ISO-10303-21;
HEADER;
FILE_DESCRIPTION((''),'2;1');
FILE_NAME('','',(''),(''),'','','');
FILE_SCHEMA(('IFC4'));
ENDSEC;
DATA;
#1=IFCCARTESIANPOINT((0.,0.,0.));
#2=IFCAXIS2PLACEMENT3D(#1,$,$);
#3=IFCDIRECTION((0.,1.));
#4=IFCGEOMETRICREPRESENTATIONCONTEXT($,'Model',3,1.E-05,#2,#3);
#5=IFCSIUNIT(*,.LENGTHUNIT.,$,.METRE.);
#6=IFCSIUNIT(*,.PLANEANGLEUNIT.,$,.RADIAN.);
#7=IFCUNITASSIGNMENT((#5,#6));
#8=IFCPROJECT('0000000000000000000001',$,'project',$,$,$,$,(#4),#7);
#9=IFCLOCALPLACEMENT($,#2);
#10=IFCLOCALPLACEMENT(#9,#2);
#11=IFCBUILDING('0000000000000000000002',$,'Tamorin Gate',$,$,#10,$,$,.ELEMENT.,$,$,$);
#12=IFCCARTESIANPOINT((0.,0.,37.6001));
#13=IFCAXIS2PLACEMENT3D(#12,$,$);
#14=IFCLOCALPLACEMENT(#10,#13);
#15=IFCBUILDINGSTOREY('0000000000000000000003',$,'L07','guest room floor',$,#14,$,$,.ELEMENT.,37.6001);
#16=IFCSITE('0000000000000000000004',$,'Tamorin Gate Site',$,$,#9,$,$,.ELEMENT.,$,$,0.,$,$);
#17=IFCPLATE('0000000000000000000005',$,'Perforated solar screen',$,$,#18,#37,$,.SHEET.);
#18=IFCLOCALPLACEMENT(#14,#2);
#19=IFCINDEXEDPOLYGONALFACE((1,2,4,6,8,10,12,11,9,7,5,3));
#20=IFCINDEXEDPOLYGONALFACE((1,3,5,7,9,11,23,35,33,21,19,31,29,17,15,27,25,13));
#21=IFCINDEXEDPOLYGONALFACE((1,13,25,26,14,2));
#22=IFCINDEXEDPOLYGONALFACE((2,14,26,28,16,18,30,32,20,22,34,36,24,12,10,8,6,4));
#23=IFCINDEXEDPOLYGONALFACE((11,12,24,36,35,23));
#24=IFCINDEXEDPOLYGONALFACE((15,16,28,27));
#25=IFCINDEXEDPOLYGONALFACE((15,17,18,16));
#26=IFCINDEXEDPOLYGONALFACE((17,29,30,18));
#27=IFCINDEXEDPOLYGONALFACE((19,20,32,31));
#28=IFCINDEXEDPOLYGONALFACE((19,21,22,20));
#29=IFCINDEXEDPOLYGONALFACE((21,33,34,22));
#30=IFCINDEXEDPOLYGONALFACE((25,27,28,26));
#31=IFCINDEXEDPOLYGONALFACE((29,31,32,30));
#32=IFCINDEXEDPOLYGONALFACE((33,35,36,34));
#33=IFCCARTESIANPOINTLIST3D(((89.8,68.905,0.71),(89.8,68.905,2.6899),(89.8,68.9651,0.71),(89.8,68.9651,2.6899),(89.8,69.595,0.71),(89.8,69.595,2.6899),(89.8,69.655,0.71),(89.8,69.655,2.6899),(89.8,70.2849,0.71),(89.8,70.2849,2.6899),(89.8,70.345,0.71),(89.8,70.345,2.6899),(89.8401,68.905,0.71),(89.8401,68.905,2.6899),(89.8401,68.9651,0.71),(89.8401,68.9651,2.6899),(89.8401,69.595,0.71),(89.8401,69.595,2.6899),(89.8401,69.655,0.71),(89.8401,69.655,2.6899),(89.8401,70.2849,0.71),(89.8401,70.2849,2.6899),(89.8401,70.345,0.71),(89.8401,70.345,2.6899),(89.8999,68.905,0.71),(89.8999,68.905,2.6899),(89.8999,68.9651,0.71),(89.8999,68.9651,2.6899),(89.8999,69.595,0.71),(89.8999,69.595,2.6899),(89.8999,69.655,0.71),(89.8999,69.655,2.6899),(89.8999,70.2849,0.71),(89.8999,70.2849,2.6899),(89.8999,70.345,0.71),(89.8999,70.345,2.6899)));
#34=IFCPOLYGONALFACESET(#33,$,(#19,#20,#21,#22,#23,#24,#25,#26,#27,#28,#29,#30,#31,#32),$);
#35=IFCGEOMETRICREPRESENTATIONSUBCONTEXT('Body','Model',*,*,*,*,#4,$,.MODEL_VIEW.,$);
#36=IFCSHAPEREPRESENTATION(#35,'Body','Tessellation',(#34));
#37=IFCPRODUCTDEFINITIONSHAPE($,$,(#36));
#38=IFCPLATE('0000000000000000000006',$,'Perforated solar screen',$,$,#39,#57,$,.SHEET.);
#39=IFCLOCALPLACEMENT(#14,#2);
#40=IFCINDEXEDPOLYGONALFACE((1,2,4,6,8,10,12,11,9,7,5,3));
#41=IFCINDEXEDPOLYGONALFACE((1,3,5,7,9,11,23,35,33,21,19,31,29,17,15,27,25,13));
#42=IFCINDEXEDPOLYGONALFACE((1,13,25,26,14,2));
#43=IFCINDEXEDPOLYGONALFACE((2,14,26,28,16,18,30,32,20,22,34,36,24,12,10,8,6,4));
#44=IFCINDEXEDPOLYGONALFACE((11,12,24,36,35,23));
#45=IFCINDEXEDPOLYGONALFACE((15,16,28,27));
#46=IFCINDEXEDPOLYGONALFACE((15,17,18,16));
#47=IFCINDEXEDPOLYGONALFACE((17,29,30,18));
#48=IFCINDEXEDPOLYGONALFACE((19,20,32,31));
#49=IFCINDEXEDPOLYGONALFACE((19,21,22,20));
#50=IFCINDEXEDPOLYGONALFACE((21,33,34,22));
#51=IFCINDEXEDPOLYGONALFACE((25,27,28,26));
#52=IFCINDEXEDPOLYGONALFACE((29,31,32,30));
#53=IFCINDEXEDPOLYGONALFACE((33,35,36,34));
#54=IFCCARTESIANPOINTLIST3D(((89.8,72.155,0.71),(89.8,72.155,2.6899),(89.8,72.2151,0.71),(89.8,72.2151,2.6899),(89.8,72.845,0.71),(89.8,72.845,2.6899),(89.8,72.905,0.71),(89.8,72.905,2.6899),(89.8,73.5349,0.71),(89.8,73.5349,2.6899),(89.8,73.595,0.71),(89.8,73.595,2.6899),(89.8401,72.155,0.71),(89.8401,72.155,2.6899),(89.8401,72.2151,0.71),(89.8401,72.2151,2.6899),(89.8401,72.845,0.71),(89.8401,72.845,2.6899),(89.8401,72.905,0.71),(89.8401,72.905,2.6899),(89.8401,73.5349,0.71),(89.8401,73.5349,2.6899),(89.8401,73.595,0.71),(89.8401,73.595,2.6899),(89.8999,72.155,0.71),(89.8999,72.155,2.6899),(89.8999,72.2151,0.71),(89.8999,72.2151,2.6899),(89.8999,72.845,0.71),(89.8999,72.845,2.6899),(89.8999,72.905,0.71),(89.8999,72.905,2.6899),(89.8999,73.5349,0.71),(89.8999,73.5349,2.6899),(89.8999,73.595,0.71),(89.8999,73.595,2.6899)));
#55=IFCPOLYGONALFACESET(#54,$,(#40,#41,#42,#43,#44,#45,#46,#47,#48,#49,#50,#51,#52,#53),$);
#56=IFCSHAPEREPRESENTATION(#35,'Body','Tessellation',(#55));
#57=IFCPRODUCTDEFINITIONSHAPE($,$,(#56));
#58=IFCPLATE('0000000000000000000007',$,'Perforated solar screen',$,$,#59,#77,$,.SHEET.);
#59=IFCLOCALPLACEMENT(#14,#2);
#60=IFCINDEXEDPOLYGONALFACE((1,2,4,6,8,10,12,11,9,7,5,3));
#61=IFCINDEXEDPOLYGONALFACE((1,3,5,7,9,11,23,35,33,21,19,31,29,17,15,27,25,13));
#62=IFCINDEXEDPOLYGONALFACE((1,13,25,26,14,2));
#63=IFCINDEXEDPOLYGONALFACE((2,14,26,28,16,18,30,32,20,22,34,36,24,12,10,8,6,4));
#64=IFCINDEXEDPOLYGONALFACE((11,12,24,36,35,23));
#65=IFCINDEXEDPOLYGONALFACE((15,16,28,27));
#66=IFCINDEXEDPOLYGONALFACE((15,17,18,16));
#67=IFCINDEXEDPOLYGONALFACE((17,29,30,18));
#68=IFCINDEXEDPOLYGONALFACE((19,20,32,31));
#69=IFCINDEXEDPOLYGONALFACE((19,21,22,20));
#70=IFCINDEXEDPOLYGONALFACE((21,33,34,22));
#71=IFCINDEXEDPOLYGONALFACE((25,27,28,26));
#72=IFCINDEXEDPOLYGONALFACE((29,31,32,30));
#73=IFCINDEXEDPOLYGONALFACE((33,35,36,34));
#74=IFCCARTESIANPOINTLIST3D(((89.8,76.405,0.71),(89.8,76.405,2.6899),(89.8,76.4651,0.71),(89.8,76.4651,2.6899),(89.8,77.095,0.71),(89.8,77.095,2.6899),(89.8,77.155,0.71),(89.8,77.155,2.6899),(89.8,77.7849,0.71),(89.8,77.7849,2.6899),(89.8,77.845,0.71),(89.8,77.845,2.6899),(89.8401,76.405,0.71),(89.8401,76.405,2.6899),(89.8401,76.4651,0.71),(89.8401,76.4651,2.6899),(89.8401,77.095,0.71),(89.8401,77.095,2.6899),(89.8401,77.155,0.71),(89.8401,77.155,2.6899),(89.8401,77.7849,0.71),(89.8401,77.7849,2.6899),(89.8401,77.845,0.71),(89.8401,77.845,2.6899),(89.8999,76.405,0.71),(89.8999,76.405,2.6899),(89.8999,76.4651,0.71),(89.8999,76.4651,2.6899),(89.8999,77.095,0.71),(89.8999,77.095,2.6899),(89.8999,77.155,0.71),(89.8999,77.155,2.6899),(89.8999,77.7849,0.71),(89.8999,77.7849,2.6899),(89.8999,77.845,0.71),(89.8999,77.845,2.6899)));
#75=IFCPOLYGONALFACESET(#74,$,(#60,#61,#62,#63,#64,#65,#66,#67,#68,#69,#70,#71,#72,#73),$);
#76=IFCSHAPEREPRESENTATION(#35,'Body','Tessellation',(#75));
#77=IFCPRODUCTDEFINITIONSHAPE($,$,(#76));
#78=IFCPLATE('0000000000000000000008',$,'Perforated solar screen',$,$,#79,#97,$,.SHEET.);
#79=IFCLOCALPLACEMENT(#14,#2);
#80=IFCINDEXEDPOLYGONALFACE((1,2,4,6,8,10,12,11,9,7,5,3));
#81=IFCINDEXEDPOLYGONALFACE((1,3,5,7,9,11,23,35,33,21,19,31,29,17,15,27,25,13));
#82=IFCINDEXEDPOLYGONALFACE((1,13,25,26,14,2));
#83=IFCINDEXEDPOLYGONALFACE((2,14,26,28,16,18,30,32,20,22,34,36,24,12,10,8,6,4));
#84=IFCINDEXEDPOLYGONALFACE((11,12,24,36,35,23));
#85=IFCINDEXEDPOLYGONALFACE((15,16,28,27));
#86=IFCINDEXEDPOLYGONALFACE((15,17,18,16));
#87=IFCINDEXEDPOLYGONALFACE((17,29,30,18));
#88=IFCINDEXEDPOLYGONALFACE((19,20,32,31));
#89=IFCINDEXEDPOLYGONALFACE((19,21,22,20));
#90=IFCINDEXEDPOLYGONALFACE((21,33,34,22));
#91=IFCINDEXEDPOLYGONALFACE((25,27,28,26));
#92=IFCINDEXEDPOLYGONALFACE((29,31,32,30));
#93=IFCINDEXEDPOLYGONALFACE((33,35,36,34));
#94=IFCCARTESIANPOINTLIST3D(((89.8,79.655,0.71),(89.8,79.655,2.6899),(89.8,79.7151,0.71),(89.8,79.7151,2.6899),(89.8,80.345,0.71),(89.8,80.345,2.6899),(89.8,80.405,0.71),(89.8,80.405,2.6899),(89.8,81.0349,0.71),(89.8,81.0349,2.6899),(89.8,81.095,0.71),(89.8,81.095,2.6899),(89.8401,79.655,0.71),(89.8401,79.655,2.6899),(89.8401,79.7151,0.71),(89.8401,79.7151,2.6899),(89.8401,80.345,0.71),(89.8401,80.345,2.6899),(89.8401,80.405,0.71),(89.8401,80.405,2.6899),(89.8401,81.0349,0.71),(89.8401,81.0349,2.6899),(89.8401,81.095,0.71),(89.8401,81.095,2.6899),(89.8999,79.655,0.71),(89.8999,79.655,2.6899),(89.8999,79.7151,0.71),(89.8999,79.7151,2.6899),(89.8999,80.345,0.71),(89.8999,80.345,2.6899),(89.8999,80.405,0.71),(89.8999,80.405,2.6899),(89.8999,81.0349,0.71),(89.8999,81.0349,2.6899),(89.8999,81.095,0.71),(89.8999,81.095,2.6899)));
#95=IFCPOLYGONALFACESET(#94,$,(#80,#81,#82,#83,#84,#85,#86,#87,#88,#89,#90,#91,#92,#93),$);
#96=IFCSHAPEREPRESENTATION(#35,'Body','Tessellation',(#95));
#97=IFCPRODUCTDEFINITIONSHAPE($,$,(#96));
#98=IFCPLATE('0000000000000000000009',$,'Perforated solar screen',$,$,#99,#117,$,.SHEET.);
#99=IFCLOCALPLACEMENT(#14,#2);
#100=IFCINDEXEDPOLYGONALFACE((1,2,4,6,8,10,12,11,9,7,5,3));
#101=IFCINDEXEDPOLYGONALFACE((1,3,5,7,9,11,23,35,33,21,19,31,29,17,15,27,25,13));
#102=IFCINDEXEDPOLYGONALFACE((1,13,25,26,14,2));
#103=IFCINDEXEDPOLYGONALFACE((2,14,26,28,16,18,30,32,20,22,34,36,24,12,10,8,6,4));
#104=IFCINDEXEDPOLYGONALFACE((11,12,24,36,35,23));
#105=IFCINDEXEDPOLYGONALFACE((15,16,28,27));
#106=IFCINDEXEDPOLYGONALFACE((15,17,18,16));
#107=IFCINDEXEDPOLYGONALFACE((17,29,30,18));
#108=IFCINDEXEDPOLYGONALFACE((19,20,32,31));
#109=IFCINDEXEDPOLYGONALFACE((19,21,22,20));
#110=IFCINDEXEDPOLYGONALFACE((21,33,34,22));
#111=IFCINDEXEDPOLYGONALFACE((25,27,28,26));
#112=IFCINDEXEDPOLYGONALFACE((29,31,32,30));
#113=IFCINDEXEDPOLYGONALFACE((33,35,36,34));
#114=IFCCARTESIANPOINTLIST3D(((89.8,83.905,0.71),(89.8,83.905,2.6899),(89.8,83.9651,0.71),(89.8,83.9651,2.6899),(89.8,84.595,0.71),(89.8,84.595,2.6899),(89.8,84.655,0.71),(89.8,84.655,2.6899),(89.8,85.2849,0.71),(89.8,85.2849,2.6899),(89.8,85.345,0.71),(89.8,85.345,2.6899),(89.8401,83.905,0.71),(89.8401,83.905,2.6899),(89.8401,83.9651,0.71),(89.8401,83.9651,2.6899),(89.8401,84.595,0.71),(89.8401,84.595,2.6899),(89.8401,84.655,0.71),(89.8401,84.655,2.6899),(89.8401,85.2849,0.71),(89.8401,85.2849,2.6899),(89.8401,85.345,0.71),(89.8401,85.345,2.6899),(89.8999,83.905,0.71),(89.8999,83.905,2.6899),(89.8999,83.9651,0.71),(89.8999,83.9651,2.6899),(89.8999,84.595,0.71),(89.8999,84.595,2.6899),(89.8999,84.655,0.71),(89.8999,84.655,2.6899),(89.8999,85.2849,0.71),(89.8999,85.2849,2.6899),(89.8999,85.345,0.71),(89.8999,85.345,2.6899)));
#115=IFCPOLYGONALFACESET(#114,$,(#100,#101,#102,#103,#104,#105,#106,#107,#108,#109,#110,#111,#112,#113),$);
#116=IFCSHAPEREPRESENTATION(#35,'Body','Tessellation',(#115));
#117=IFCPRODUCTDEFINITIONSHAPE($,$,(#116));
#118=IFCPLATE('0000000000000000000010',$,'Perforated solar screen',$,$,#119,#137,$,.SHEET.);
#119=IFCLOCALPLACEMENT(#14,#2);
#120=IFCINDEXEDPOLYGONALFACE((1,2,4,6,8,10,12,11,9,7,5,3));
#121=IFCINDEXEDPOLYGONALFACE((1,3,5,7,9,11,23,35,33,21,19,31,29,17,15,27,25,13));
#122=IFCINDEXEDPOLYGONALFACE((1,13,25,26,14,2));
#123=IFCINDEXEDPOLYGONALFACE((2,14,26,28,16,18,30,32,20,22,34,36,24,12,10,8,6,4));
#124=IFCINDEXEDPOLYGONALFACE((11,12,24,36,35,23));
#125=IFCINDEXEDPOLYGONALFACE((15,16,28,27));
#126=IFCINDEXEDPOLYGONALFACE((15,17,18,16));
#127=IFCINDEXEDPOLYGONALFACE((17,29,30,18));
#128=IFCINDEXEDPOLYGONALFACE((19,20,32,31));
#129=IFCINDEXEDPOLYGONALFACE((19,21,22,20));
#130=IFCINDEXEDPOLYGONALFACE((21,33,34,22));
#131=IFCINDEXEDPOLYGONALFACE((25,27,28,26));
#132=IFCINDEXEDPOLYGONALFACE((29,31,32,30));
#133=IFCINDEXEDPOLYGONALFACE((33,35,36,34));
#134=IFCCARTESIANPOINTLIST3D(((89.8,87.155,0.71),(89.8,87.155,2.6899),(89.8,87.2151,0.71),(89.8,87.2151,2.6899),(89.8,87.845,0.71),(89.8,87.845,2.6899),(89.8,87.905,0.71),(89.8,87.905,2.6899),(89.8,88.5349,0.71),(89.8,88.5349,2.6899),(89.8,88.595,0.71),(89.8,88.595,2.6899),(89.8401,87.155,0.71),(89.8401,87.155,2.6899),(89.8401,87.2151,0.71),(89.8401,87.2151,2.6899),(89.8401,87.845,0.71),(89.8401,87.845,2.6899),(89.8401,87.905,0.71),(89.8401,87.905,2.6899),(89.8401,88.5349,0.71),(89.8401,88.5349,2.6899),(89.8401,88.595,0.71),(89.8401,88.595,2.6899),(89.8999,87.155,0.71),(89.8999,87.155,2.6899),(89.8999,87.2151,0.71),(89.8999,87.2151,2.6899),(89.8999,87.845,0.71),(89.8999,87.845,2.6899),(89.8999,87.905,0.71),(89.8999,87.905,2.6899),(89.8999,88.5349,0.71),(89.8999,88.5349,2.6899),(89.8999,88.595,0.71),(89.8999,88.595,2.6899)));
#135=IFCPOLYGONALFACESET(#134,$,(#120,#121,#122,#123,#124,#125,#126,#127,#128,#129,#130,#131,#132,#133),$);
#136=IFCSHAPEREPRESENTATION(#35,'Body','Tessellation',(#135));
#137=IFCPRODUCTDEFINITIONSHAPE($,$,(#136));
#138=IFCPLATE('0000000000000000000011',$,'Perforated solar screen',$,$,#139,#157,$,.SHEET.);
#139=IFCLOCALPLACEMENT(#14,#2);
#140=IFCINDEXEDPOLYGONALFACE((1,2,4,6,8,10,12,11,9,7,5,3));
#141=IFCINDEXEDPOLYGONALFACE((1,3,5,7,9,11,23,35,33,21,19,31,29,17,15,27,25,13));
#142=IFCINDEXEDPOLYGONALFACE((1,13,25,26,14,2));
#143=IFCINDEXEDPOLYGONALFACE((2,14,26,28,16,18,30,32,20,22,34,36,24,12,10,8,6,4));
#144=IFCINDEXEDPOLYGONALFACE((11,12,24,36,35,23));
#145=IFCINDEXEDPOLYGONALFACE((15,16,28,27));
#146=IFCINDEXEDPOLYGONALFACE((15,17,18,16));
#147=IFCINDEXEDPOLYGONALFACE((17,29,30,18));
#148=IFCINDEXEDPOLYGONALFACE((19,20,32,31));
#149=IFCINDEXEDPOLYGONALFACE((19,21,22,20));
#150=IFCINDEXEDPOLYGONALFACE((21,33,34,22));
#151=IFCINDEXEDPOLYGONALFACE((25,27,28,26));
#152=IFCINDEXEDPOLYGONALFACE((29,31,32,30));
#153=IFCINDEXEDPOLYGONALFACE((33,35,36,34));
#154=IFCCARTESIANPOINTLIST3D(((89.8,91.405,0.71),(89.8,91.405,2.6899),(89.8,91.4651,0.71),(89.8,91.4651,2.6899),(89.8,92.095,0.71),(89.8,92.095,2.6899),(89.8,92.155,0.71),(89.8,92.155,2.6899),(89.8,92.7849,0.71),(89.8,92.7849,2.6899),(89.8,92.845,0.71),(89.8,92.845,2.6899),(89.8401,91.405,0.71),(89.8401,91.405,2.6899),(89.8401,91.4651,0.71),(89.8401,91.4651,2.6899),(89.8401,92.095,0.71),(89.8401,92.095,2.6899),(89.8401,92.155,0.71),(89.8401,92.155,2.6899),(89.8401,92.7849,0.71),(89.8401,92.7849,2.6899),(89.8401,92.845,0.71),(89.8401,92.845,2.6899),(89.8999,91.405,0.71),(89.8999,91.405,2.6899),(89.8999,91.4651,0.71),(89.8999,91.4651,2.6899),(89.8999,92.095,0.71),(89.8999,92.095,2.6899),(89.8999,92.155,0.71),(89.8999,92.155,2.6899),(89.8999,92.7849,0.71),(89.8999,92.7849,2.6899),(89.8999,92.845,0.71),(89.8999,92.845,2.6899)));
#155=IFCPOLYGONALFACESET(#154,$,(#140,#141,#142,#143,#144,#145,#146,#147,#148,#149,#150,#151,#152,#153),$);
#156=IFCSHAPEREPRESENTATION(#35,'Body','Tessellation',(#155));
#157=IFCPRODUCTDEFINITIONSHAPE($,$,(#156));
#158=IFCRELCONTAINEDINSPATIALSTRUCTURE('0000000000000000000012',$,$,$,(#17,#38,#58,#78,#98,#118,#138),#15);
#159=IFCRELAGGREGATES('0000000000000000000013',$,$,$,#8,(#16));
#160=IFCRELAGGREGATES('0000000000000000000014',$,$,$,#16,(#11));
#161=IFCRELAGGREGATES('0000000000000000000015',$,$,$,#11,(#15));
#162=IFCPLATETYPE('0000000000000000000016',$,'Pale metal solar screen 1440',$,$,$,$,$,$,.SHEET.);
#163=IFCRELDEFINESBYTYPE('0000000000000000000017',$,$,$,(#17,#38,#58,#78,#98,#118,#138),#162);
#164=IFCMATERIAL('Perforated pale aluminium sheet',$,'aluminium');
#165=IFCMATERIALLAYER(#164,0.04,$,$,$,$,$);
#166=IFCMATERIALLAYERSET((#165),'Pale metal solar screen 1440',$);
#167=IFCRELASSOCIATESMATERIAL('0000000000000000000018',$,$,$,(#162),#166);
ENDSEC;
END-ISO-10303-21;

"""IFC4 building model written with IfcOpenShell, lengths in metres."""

from ifc_helpers import new_model, si_unit, direction, frame, origin, place, context, subcontext, project, spatial, polyline, outline, extrude, material, layer, layer_set, type_object, element, save


model = new_model("IFC4")

# Units and contexts
model_context = context("Model", 3, precision=1e-05, world=origin(), true_north=direction((0.0, 1.0)))
body_context = subcontext(model_context, "Body", "Model", "MODEL_VIEW")
ifc_project = project(units=[si_unit("LENGTHUNIT", "METRE"), si_unit("PLANEANGLEUNIT", "RADIAN")], contexts=[model_context])

# Site, building, storey
site_placement = place(None, origin())
site = spatial("IfcSite", under=ifc_project, at=site_placement, Name="Tamorin Gate Site", CompositionType="ELEMENT", RefElevation=0.0)
building_placement = place(site_placement, origin())
building = spatial("IfcBuilding", under=site, at=building_placement, Name="Tamorin Gate", CompositionType="ELEMENT")
storey_placement = place(building_placement, frame((0.0, 0.0, 37.6001)))
storey = spatial("IfcBuildingStorey", under=building, at=storey_placement, Name="L07", Description="guest room floor", CompositionType="ELEMENT", Elevation=37.6001)

# Plates
ifc_material = material(Name="Perforated pale aluminium sheet", Category="aluminium")
ifc_layer = layer(ifc_material, 0.04)
ifc_layer_set = layer_set([ifc_layer], Name="Pale metal solar screen 1440")
plate_type = type_object("IfcPlateType", Name="Pale metal solar screen 1440", PredefinedType="SHEET", material=ifc_layer_set)
plate_1_placement = place(storey_placement, frame((0.0, 0.0, 0.71)))
element("IfcPlate", 1, at=plate_1_placement, inside=storey, type_object=plate_type, Name="Perforated solar screen", PredefinedType="SHEET", context=body_context, shape_type="SweptSolid", body=[
    extrude(outline(polyline([(89.8401, 68.905), (89.8, 68.905), (89.8, 68.9651), (89.8, 69.595), (89.8, 69.655), (89.8, 70.2849), (89.8, 70.345), (89.8401, 70.345), (89.8999, 70.345), (89.8999, 70.2849), (89.8401, 70.2849), (89.8401, 69.655), (89.8999, 69.655), (89.8999, 69.595), (89.8401, 69.595), (89.8401, 68.9651), (89.8999, 68.9651), (89.8999, 68.905), (89.8401, 68.905)])), origin(), (0.0, 0.0, 1.0), 1.98),
])
plate_2_placement = place(storey_placement, frame((0.0, 0.0, 0.71)))
element("IfcPlate", 2, at=plate_2_placement, inside=storey, type_object=plate_type, Name="Perforated solar screen", PredefinedType="SHEET", context=body_context, shape_type="SweptSolid", body=[
    extrude(outline(polyline([(89.8401, 72.155), (89.8, 72.155), (89.8, 72.2151), (89.8, 72.845), (89.8, 72.905), (89.8, 73.5349), (89.8, 73.595), (89.8401, 73.595), (89.8999, 73.595), (89.8999, 73.5349), (89.8401, 73.5349), (89.8401, 72.905), (89.8999, 72.905), (89.8999, 72.845), (89.8401, 72.845), (89.8401, 72.2151), (89.8999, 72.2151), (89.8999, 72.155), (89.8401, 72.155)])), origin(), (0.0, 0.0, 1.0), 1.98),
])
plate_3_placement = place(storey_placement, frame((0.0, 0.0, 0.71)))
element("IfcPlate", 3, at=plate_3_placement, inside=storey, type_object=plate_type, Name="Perforated solar screen", PredefinedType="SHEET", context=body_context, shape_type="SweptSolid", body=[
    extrude(outline(polyline([(89.8401, 76.405), (89.8, 76.405), (89.8, 76.4651), (89.8, 77.095), (89.8, 77.155), (89.8, 77.7849), (89.8, 77.845), (89.8401, 77.845), (89.8999, 77.845), (89.8999, 77.7849), (89.8401, 77.7849), (89.8401, 77.155), (89.8999, 77.155), (89.8999, 77.095), (89.8401, 77.095), (89.8401, 76.4651), (89.8999, 76.4651), (89.8999, 76.405), (89.8401, 76.405)])), origin(), (0.0, 0.0, 1.0), 1.98),
])
plate_4_placement = place(storey_placement, frame((0.0, 0.0, 0.71)))
element("IfcPlate", 4, at=plate_4_placement, inside=storey, type_object=plate_type, Name="Perforated solar screen", PredefinedType="SHEET", context=body_context, shape_type="SweptSolid", body=[
    extrude(outline(polyline([(89.8401, 79.655), (89.8, 79.655), (89.8, 79.7151), (89.8, 80.345), (89.8, 80.405), (89.8, 81.0349), (89.8, 81.095), (89.8401, 81.095), (89.8999, 81.095), (89.8999, 81.0349), (89.8401, 81.0349), (89.8401, 80.405), (89.8999, 80.405), (89.8999, 80.345), (89.8401, 80.345), (89.8401, 79.7151), (89.8999, 79.7151), (89.8999, 79.655), (89.8401, 79.655)])), origin(), (0.0, 0.0, 1.0), 1.98),
])
plate_5_placement = place(storey_placement, frame((0.0, 0.0, 0.71)))
element("IfcPlate", 5, at=plate_5_placement, inside=storey, type_object=plate_type, Name="Perforated solar screen", PredefinedType="SHEET", context=body_context, shape_type="SweptSolid", body=[
    extrude(outline(polyline([(89.8401, 83.905), (89.8, 83.905), (89.8, 83.9651), (89.8, 84.595), (89.8, 84.655), (89.8, 85.2849), (89.8, 85.345), (89.8401, 85.345), (89.8999, 85.345), (89.8999, 85.2849), (89.8401, 85.2849), (89.8401, 84.655), (89.8999, 84.655), (89.8999, 84.595), (89.8401, 84.595), (89.8401, 83.9651), (89.8999, 83.9651), (89.8999, 83.905), (89.8401, 83.905)])), origin(), (0.0, 0.0, 1.0), 1.98),
])
plate_6_placement = place(storey_placement, frame((0.0, 0.0, 0.71)))
element("IfcPlate", 6, at=plate_6_placement, inside=storey, type_object=plate_type, Name="Perforated solar screen", PredefinedType="SHEET", context=body_context, shape_type="SweptSolid", body=[
    extrude(outline(polyline([(89.8401, 87.155), (89.8, 87.155), (89.8, 87.2151), (89.8, 87.845), (89.8, 87.905), (89.8, 88.5349), (89.8, 88.595), (89.8401, 88.595), (89.8999, 88.595), (89.8999, 88.5349), (89.8401, 88.5349), (89.8401, 87.905), (89.8999, 87.905), (89.8999, 87.845), (89.8401, 87.845), (89.8401, 87.2151), (89.8999, 87.2151), (89.8999, 87.155), (89.8401, 87.155)])), origin(), (0.0, 0.0, 1.0), 1.98),
])
plate_7_placement = place(storey_placement, frame((0.0, 0.0, 0.71)))
element("IfcPlate", 7, at=plate_7_placement, inside=storey, type_object=plate_type, Name="Perforated solar screen", PredefinedType="SHEET", context=body_context, shape_type="SweptSolid", body=[
    extrude(outline(polyline([(89.8401, 91.405), (89.8, 91.405), (89.8, 91.4651), (89.8, 92.095), (89.8, 92.155), (89.8, 92.7849), (89.8, 92.845), (89.8401, 92.845), (89.8999, 92.845), (89.8999, 92.7849), (89.8401, 92.7849), (89.8401, 92.155), (89.8999, 92.155), (89.8999, 92.095), (89.8401, 92.095), (89.8401, 91.4651), (89.8999, 91.4651), (89.8999, 91.405), (89.8401, 91.405)])), origin(), (0.0, 0.0, 1.0), 1.98),
])

save(model, "model.ifc")
